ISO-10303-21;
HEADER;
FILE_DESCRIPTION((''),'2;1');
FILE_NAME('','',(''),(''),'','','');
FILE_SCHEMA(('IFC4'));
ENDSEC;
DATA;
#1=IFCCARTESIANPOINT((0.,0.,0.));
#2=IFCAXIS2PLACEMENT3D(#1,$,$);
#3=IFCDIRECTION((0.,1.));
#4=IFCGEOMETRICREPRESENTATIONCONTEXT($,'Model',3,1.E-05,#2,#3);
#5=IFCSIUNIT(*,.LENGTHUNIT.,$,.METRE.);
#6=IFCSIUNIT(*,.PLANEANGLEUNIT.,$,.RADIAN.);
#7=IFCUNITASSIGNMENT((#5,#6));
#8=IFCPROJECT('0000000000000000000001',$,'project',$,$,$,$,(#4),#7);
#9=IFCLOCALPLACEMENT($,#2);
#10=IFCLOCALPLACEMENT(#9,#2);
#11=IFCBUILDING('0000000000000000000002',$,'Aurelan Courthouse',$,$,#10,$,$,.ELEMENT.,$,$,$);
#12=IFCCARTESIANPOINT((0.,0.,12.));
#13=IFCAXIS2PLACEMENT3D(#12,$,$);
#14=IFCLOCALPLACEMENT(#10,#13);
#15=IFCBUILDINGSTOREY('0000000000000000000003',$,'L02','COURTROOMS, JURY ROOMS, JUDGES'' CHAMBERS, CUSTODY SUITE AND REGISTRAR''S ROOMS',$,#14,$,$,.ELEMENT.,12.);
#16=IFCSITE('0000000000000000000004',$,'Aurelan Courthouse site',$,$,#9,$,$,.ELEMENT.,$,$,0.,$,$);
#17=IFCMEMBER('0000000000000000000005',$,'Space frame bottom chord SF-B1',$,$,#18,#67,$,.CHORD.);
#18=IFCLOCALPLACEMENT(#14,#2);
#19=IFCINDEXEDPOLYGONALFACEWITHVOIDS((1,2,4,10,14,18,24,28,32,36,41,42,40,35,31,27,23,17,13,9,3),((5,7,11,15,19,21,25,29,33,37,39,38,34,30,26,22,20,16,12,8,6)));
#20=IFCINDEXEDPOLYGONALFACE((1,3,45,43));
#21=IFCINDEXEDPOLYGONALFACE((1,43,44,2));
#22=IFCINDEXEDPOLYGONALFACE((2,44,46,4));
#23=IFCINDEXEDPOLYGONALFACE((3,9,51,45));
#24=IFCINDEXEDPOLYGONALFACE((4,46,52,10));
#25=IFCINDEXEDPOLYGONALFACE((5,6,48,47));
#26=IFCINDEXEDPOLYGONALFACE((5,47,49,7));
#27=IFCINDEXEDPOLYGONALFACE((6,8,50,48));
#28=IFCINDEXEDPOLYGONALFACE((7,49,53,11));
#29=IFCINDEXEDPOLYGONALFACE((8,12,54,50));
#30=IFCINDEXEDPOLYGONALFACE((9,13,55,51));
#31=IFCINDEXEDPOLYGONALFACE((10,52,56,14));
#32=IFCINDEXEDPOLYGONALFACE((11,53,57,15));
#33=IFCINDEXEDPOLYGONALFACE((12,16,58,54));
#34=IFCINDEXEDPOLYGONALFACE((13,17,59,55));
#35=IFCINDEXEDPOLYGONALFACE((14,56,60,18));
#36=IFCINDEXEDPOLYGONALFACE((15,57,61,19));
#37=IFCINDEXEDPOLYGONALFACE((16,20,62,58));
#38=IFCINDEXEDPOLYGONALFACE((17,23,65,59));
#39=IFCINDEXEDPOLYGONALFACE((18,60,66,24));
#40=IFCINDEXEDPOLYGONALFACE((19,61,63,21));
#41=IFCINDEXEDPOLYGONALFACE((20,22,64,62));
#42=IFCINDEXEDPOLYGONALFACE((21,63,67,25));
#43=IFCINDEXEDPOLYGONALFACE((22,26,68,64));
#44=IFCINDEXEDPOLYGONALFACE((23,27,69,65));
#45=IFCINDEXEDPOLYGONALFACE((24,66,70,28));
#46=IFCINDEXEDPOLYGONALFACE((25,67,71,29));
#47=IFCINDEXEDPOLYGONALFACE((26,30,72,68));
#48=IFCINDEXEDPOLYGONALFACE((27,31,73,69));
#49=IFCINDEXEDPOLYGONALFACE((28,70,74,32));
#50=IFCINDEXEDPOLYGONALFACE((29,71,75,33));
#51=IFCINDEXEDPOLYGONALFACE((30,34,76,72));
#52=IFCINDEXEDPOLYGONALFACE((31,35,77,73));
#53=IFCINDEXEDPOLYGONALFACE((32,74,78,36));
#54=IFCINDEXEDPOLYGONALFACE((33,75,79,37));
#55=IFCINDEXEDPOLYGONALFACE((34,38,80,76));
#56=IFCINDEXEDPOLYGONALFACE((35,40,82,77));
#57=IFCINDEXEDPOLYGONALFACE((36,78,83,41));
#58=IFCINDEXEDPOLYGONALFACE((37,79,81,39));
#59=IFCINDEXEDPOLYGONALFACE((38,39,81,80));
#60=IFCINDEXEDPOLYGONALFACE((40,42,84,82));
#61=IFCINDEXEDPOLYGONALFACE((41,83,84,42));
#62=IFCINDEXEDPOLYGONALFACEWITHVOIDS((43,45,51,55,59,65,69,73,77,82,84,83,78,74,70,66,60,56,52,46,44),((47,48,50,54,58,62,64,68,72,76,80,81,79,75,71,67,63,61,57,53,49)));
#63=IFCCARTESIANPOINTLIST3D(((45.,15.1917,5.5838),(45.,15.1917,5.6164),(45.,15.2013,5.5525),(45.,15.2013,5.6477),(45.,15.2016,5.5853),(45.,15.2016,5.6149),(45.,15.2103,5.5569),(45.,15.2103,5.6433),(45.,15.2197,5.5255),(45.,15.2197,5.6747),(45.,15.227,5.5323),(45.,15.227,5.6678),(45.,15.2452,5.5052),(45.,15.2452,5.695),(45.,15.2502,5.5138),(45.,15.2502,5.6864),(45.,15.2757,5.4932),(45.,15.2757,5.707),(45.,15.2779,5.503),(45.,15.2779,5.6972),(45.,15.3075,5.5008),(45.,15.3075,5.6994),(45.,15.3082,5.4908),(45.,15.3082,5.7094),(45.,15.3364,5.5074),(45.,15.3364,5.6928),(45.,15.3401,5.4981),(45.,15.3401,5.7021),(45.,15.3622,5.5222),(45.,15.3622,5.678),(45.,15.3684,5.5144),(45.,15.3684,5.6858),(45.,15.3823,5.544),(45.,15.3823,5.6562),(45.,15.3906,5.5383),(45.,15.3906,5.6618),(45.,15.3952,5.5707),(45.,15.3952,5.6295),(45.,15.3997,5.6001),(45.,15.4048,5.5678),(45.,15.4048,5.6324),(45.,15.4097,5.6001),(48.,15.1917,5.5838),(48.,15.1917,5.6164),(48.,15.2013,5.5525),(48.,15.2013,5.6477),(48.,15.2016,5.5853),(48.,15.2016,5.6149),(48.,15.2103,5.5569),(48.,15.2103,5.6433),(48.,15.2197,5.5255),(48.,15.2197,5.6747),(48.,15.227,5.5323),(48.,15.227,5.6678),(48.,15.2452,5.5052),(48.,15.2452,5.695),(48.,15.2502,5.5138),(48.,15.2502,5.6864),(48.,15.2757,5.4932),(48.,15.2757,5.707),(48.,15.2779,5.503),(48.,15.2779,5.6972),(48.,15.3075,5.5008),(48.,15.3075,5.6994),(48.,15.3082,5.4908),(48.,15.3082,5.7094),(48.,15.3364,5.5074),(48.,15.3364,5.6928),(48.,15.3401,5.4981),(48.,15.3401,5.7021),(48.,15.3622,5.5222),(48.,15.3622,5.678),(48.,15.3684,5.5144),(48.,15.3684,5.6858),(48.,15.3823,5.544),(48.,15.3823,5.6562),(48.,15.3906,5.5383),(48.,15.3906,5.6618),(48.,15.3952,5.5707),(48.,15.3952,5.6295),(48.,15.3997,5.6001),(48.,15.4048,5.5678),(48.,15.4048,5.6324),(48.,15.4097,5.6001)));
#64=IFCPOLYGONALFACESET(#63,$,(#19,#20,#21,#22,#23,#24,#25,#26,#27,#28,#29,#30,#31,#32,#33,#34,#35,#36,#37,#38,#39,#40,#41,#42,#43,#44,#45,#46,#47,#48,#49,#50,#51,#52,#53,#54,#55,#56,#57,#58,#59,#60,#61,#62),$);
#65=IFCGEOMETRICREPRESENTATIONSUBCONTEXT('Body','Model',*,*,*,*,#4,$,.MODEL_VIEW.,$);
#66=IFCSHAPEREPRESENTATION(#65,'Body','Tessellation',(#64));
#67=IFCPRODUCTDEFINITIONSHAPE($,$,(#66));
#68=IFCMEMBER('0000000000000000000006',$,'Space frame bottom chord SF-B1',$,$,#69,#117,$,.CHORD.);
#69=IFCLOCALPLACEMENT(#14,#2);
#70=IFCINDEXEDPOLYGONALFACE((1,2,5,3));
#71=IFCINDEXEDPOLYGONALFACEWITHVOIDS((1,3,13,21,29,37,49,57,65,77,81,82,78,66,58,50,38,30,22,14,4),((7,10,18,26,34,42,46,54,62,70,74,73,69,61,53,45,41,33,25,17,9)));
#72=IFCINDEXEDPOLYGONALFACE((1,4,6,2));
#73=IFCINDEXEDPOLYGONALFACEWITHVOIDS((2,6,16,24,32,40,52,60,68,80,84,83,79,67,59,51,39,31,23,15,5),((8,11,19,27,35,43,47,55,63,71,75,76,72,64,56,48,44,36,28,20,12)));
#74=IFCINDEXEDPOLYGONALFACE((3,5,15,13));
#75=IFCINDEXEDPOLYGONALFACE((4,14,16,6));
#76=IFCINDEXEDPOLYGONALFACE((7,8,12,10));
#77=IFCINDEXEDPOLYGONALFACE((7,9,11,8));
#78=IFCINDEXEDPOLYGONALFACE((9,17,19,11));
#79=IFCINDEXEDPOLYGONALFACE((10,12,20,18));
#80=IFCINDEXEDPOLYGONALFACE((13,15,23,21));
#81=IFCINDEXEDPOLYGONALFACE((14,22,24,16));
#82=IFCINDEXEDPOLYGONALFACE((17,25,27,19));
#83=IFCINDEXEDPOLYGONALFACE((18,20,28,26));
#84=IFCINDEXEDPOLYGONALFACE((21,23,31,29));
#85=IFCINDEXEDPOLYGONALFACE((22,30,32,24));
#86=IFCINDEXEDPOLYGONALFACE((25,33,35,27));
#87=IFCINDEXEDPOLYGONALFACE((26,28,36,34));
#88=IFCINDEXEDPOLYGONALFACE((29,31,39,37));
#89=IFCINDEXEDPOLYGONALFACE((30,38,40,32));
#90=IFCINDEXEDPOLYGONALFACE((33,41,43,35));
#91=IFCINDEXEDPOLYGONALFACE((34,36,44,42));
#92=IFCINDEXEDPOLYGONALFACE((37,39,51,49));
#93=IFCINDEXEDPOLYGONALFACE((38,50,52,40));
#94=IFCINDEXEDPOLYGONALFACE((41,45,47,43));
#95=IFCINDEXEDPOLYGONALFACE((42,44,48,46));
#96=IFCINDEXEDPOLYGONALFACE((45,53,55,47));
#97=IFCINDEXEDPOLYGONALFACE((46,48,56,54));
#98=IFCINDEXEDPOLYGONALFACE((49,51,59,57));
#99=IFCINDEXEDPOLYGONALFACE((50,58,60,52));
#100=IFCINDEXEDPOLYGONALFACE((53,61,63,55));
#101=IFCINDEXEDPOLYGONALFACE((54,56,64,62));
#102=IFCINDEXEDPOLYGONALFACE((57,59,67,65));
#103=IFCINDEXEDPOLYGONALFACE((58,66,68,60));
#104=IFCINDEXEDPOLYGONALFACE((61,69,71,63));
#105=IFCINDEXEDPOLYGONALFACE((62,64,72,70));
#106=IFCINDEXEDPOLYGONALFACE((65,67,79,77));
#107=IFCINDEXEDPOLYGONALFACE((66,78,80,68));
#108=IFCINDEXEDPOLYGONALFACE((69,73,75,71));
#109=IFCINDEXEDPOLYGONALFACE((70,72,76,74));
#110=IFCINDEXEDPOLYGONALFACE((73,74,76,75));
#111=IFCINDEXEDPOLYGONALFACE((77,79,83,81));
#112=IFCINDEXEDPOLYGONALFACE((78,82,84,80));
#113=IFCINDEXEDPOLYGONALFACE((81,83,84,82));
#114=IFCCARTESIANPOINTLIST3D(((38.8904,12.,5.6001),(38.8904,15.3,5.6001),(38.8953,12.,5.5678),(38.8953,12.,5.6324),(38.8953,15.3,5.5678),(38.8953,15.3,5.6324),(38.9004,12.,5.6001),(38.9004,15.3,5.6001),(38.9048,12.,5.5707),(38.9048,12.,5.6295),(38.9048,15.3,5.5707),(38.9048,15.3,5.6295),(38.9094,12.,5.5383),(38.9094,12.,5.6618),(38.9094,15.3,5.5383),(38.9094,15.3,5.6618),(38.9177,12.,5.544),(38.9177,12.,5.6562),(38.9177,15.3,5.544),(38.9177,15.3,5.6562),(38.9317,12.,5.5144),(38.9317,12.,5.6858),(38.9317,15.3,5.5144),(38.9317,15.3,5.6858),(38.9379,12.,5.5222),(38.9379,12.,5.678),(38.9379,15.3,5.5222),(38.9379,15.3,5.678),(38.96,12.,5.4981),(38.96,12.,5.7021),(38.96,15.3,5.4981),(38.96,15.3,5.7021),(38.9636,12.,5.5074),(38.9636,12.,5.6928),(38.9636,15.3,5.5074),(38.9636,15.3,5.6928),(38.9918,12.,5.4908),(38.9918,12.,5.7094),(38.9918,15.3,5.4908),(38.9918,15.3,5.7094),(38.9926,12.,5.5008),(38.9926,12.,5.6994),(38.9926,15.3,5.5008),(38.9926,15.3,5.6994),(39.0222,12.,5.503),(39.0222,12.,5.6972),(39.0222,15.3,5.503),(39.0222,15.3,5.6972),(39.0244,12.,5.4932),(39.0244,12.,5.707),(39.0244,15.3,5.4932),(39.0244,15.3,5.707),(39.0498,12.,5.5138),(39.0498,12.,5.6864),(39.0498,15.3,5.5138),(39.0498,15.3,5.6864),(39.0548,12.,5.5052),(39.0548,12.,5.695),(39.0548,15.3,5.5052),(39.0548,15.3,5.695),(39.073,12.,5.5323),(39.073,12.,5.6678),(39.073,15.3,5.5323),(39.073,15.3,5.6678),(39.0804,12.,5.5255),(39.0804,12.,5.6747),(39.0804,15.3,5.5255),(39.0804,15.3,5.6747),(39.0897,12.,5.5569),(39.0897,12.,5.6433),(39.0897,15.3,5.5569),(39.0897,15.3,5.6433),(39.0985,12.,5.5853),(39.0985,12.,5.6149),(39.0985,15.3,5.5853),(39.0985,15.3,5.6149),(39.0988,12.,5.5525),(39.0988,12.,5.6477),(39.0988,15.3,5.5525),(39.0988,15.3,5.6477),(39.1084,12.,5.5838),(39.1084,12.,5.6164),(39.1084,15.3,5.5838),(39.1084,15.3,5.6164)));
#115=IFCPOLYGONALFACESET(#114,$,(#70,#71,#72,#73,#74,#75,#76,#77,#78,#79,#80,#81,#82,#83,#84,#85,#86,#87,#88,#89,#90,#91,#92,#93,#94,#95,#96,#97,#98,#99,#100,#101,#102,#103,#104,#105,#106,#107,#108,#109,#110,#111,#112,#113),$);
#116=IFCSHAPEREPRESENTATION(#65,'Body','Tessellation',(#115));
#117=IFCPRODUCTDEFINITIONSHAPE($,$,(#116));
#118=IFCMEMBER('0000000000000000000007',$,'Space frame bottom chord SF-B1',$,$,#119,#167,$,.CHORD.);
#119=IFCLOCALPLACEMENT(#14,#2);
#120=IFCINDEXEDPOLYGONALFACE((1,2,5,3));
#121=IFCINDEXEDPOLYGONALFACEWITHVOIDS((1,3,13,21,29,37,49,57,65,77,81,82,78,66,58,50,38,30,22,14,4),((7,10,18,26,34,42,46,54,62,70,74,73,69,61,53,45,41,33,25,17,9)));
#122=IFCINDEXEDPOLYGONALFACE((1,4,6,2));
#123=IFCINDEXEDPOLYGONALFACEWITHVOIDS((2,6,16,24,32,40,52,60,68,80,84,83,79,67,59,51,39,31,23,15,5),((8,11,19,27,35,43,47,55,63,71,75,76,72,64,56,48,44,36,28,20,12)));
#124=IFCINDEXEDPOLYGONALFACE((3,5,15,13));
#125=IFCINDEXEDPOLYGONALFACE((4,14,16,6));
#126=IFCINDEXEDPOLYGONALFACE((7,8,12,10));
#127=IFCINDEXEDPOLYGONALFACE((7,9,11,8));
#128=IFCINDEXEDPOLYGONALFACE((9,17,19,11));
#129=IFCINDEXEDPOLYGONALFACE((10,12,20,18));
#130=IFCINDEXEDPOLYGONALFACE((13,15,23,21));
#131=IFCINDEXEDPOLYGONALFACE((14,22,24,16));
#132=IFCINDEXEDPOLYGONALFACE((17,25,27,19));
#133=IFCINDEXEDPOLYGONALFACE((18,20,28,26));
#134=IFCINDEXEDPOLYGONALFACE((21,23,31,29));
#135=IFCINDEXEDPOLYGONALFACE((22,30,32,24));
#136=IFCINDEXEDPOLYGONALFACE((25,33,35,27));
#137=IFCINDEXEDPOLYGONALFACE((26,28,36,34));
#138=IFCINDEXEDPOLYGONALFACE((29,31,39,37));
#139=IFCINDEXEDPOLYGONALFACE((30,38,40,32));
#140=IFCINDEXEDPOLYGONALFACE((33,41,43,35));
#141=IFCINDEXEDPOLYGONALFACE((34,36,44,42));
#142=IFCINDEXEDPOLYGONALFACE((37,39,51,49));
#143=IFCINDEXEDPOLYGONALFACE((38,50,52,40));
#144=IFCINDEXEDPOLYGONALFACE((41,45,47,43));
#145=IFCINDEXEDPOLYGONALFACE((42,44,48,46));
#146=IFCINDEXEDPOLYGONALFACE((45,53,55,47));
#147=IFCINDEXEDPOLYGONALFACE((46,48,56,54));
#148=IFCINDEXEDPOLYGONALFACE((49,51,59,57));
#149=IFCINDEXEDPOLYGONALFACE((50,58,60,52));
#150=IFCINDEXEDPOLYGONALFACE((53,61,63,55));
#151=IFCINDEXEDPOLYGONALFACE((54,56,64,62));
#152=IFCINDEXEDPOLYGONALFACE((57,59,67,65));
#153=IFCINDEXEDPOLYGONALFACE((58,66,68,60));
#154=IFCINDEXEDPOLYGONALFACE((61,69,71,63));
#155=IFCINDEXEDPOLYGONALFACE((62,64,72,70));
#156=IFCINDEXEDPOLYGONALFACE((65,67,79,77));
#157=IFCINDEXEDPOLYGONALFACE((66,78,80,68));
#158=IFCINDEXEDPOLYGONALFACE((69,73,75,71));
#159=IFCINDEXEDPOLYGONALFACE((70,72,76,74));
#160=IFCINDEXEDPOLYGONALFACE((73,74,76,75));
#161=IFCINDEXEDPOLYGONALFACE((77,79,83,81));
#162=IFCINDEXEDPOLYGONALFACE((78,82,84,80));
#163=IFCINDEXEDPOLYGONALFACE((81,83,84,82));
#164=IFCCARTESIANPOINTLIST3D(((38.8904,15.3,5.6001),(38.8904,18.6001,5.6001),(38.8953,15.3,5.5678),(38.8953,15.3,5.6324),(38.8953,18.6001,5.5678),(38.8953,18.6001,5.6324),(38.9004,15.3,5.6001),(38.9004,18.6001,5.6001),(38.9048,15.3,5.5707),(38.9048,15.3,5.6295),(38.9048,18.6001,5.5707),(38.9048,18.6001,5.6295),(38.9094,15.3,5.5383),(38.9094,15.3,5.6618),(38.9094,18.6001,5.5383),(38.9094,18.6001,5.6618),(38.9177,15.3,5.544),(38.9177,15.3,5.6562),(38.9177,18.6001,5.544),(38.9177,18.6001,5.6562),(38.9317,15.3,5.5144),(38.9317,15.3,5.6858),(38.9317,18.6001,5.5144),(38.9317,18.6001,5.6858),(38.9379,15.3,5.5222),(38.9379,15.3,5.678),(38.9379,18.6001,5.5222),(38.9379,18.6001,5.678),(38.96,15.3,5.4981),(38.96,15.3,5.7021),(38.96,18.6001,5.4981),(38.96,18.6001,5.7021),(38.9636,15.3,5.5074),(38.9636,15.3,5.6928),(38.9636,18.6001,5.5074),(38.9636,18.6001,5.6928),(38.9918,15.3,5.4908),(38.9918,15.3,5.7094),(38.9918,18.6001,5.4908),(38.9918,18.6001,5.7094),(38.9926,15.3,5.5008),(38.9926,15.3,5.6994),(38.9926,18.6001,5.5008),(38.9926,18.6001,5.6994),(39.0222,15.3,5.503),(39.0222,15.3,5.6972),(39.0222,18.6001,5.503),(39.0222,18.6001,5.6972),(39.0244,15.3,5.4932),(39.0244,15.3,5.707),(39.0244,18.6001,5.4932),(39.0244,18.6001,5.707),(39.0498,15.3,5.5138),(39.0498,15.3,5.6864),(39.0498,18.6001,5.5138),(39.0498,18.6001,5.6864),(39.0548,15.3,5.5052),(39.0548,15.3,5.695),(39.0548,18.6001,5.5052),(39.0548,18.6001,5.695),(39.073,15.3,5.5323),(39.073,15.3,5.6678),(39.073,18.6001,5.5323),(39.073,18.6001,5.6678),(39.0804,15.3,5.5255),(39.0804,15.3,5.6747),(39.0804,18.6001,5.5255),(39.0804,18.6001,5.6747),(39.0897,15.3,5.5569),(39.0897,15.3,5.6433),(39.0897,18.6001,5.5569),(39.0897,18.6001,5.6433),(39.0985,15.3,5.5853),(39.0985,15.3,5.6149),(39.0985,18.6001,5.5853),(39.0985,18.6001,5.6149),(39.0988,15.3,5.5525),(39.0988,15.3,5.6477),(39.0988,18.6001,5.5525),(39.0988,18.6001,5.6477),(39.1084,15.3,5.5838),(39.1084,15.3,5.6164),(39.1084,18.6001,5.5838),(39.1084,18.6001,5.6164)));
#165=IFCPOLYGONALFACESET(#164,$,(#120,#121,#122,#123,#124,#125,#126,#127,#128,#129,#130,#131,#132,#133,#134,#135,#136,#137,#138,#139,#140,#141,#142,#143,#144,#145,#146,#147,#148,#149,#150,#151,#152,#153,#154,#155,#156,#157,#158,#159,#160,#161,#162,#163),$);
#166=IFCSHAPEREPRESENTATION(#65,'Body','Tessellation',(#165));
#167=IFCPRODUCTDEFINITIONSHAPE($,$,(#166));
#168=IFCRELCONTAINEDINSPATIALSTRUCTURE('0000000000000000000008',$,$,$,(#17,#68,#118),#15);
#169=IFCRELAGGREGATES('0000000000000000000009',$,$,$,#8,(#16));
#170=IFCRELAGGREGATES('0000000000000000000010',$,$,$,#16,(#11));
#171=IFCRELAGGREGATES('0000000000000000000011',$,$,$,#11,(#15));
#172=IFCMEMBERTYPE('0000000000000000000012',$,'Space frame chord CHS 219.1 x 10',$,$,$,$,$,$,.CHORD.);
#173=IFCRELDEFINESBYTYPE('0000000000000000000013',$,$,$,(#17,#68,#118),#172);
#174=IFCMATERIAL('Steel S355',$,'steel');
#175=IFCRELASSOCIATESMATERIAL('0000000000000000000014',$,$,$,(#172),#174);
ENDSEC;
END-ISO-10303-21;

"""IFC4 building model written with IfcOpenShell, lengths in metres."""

from ifc_helpers import new_model, si_unit, direction, frame, origin, origin_2d, place, context, subcontext, project, spatial, hollow_circle, extrude, material, material_profile, profile_set, type_object, element, save


model = new_model("IFC4")

# Units and contexts
model_context = context("Model", 3, precision=1e-05, world=origin(), true_north=direction((0.0, 1.0)))
body_context = subcontext(model_context, "Body", "Model", "MODEL_VIEW")
ifc_project = project(units=[si_unit("LENGTHUNIT", "METRE"), si_unit("PLANEANGLEUNIT", "RADIAN")], contexts=[model_context])

# Site, building, storey
site_placement = place(None, origin())
site = spatial("IfcSite", under=ifc_project, at=site_placement, Name="Aurelan Courthouse site", CompositionType="ELEMENT", RefElevation=0.0)
building_placement = place(site_placement, origin())
building = spatial("IfcBuilding", under=site, at=building_placement, Name="Aurelan Courthouse", CompositionType="ELEMENT")
storey_placement = place(building_placement, frame((0.0, 0.0, 12.0)))
storey = spatial("IfcBuildingStorey", under=building, at=storey_placement, Name="L02", Description="COURTROOMS, JURY ROOMS, JUDGES' CHAMBERS, CUSTODY SUITE AND REGISTRAR'S ROOMS", CompositionType="ELEMENT", Elevation=12.0)

# Shared definitions
ifc_material_1 = material(Name="Steel S355", Category="steel")

# Members
ifc_material_profile_1 = material_profile(ifc_material_1, hollow_circle(Radius=0.1096, WallThickness=0.01, at=origin_2d()), Name="CHS 219.1 x 10")
ifc_profile_set_1 = profile_set([ifc_material_profile_1], Name="Steel S355")
member_type_1 = type_object("IfcMemberType", Name="Space frame chord CHS 219.1 x 10", PredefinedType="CHORD", material=ifc_profile_set_1)
for number, where, z_axis, x_axis, name in (
    (1, (45.0, 15.3, 5.6001), (1.0, 0.0, 0.0), (0.0, 1.0, 0.0), "Space frame bottom chord SF-B1"),
):
    element("IfcMember", number, at=place(storey_placement, frame(where, z_axis=z_axis, x_axis=x_axis)), inside=storey, type_object=member_type_1, Name=name, PredefinedType="CHORD", context=body_context, shape_type="SweptSolid", body=[
        extrude(hollow_circle(Radius=0.1096, WallThickness=0.01, at=origin_2d()), origin(), (0.0, 0.0, 1.0), 3.0),
    ])
for number, where, z_axis, x_axis, name in (
    (2, (39.0, 12.0, 5.6001), (0.0, 1.0, 0.0), (-1.0, 0.0, 0.0), "Space frame bottom chord SF-B1"),
    (3, (39.0, 15.3, 5.6001), (0.0, 1.0, 0.0), (-1.0, 0.0, 0.0), "Space frame bottom chord SF-B1"),
):
    element("IfcMember", number, at=place(storey_placement, frame(where, z_axis=z_axis, x_axis=x_axis)), inside=storey, type_object=member_type_1, Name=name, PredefinedType="CHORD", context=body_context, shape_type="SweptSolid", body=[
        extrude(hollow_circle(Radius=0.1096, WallThickness=0.01, at=origin_2d()), origin(), (0.0, 0.0, 1.0), 3.3),
    ])

save(model, "model.ifc")
